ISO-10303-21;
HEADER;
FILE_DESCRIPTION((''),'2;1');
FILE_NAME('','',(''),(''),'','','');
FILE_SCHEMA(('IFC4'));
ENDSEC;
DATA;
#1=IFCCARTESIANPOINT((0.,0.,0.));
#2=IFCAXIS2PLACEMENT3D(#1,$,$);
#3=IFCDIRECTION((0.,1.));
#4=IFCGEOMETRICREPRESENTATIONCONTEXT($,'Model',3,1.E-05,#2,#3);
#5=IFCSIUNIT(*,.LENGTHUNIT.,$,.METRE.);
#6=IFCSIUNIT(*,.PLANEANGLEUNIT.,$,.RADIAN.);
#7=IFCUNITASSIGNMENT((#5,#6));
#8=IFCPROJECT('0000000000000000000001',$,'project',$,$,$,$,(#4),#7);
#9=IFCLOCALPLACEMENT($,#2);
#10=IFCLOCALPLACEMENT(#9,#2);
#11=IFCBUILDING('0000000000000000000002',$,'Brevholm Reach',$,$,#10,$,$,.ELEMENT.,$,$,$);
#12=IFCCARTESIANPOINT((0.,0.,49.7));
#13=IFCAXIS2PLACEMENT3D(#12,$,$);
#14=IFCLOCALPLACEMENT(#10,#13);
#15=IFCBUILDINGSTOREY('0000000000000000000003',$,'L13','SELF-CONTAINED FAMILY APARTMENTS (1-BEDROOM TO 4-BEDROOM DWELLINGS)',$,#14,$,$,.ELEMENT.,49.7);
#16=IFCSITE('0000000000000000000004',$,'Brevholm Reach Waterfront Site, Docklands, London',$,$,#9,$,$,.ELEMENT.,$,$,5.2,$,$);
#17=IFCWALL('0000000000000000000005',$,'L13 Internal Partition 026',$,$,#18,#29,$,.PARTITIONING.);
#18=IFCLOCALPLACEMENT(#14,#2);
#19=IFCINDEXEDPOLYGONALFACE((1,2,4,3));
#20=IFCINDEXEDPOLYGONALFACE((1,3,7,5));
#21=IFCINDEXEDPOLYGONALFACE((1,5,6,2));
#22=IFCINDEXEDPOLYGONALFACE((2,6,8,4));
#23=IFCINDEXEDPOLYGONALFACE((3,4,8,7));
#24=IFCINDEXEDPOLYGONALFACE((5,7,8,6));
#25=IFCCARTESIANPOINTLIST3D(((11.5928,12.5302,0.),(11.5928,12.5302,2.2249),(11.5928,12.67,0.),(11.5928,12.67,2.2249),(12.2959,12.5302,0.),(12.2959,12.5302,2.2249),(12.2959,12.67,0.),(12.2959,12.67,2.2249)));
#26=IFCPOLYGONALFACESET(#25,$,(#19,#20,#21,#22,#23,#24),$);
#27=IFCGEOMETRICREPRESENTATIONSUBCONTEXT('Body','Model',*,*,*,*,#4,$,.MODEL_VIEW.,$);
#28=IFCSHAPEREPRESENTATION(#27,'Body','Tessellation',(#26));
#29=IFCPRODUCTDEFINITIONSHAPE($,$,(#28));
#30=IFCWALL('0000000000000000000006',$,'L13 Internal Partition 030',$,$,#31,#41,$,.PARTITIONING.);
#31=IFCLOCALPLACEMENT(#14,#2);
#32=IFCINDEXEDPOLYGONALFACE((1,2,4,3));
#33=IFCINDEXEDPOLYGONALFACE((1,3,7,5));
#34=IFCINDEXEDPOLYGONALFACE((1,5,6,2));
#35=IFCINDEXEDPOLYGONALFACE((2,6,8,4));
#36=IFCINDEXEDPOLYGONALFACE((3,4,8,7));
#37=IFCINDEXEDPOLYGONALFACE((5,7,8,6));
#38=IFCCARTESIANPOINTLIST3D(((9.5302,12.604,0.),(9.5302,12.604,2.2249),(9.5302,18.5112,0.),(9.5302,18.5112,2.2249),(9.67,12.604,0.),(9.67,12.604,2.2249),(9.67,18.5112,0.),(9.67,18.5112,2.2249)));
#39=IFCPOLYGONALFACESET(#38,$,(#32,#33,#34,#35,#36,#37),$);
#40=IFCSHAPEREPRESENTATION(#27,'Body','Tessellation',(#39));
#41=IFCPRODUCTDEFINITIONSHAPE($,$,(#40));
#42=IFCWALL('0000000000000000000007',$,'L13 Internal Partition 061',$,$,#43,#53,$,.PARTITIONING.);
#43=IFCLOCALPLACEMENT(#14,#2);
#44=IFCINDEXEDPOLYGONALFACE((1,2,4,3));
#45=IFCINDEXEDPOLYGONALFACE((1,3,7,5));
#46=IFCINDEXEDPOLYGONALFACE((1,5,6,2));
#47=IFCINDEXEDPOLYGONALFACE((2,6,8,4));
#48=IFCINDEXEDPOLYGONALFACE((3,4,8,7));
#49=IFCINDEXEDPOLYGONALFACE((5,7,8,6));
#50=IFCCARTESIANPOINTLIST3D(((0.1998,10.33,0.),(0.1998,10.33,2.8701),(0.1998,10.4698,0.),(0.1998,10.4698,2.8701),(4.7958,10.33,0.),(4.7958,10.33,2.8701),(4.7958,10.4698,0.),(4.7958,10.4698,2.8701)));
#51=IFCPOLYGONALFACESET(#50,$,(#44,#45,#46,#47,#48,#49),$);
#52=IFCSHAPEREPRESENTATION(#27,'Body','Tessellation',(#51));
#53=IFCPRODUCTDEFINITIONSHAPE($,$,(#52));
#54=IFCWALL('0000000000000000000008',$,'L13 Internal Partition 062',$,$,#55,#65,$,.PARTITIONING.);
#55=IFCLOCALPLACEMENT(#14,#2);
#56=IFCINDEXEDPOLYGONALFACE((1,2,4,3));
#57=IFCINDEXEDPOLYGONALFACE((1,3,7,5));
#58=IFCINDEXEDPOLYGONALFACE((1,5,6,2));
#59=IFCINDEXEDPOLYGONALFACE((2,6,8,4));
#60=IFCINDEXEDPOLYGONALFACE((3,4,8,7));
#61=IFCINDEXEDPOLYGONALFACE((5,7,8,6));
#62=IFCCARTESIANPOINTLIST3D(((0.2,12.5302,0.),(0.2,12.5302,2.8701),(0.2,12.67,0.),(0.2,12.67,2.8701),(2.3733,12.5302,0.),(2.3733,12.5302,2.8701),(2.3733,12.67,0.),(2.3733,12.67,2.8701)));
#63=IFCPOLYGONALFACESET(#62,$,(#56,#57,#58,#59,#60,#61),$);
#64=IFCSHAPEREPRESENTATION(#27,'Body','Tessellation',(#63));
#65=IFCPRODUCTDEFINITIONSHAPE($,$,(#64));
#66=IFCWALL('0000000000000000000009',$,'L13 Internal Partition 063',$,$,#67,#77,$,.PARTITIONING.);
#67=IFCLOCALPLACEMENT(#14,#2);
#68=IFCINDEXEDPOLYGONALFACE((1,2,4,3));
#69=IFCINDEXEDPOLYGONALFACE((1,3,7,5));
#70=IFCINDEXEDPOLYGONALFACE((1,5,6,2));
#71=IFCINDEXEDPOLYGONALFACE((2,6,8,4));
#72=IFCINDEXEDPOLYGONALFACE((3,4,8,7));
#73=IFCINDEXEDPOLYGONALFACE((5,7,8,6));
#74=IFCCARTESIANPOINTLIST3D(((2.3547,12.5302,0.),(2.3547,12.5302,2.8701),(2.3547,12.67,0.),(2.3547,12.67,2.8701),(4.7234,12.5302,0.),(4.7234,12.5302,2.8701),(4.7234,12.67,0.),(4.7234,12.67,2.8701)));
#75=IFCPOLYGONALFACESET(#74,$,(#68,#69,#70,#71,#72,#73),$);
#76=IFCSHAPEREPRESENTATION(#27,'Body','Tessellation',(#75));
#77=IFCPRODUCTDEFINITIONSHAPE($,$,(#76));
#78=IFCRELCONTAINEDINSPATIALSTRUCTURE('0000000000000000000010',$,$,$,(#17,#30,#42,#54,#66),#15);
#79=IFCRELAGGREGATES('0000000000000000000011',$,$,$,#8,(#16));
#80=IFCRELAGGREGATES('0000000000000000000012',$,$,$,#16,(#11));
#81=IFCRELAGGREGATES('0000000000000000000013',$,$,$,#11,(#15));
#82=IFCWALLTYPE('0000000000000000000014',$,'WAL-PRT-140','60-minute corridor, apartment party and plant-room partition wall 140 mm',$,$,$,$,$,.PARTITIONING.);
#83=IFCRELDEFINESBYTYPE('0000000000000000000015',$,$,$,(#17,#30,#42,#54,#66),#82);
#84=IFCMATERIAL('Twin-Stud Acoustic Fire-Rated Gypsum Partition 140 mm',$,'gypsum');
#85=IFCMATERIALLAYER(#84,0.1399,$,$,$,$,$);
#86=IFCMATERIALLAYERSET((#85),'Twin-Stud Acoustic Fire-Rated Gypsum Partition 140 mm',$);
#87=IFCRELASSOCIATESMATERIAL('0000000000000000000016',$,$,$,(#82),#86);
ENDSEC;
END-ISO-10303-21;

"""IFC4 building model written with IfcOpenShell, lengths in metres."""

from ifc_helpers import new_model, si_unit, direction, frame, frame_2d, origin, place, context, subcontext, project, spatial, rectangle, extrude, material, layer, layer_set, type_object, element, save


model = new_model("IFC4")

# Units and contexts
model_context = context("Model", 3, precision=1e-05, world=origin(), true_north=direction((0.0, 1.0)))
body_context = subcontext(model_context, "Body", "Model", "MODEL_VIEW")
ifc_project = project(units=[si_unit("LENGTHUNIT", "METRE"), si_unit("PLANEANGLEUNIT", "RADIAN")], contexts=[model_context])

# Site, building, storey
site_placement = place(None, origin())
site = spatial("IfcSite", under=ifc_project, at=site_placement, Name="Brevholm Reach Waterfront Site, Docklands, London", CompositionType="ELEMENT", RefElevation=5.2)
building_placement = place(site_placement, origin())
building = spatial("IfcBuilding", under=site, at=building_placement, Name="Brevholm Reach", CompositionType="ELEMENT")
storey_placement = place(building_placement, frame((0.0, 0.0, 49.7)))
storey = spatial("IfcBuildingStorey", under=building, at=storey_placement, Name="L13", Description="SELF-CONTAINED FAMILY APARTMENTS (1-BEDROOM TO 4-BEDROOM DWELLINGS)", CompositionType="ELEMENT", Elevation=49.7)

# Shared definitions
ifc_material_1 = material(Name="Twin-Stud Acoustic Fire-Rated Gypsum Partition 140 mm", Category="gypsum")
ifc_layer_1 = layer(ifc_material_1, 0.1399)
ifc_layer_set_1 = layer_set([ifc_layer_1], Name="Twin-Stud Acoustic Fire-Rated Gypsum Partition 140 mm")
wall_type_1 = type_object("IfcWallType", Name="WAL-PRT-140", Description="60-minute corridor, apartment party and plant-room partition wall 140 mm", PredefinedType="PARTITIONING", material=ifc_layer_set_1)

# Walls
wall_1_placement = place(storey_placement, frame((11.5928, 12.6001, 0.0), z_axis=(0.0, 0.0, 1.0), x_axis=(1.0, 0.0, 0.0)))
element("IfcWall", 1, at=wall_1_placement, inside=storey, type_object=wall_type_1, Name="L13 Internal Partition 026", PredefinedType="PARTITIONING", context=body_context, shape_type="SweptSolid", body=[
    extrude(rectangle(XDim=0.7031, YDim=0.1399, at=frame_2d((0.3516, 0.0))), origin(), (0.0, 0.0, 1.0), 2.2249),
])
wall_2_placement = place(storey_placement, frame((9.6001, 12.604, 0.0), z_axis=(0.0, 0.0, 1.0), x_axis=(0.0, 1.0, 0.0)))
element("IfcWall", 2, at=wall_2_placement, inside=storey, type_object=wall_type_1, Name="L13 Internal Partition 030", PredefinedType="PARTITIONING", context=body_context, shape_type="SweptSolid", body=[
    extrude(rectangle(XDim=5.9072, YDim=0.1399, at=frame_2d((2.9536, 0.0))), origin(), (0.0, 0.0, 1.0), 2.2249),
])
wall_3_placement = place(storey_placement, frame((0.2, 10.3999, 0.0), z_axis=(0.0, 0.0, 1.0), x_axis=(1.0, 0.0, 0.0)))
element("IfcWall", 3, at=wall_3_placement, inside=storey, type_object=wall_type_1, Name="L13 Internal Partition 061", PredefinedType="PARTITIONING", context=body_context, shape_type="SweptSolid", body=[
    extrude(rectangle(XDim=4.5959, YDim=0.1399, at=frame_2d((2.2979, 0.0))), origin(), (0.0, 0.0, 1.0), 2.8701),
])
wall_4_placement = place(storey_placement, frame((0.2, 12.6001, 0.0), z_axis=(0.0, 0.0, 1.0), x_axis=(1.0, 0.0, 0.0)))
element("IfcWall", 4, at=wall_4_placement, inside=storey, type_object=wall_type_1, Name="L13 Internal Partition 062", PredefinedType="PARTITIONING", context=body_context, shape_type="SweptSolid", body=[
    extrude(rectangle(XDim=2.1733, YDim=0.1399, at=frame_2d((1.0867, 0.0))), origin(), (0.0, 0.0, 1.0), 2.8701),
])
wall_5_placement = place(storey_placement, frame((2.3547, 12.6001, 0.0), z_axis=(0.0, 0.0, 1.0), x_axis=(1.0, 0.0, 0.0)))
element("IfcWall", 5, at=wall_5_placement, inside=storey, type_object=wall_type_1, Name="L13 Internal Partition 063", PredefinedType="PARTITIONING", context=body_context, shape_type="SweptSolid", body=[
    extrude(rectangle(XDim=2.3687, YDim=0.1399, at=frame_2d((1.1843, 0.0))), origin(), (0.0, 0.0, 1.0), 2.8701),
])

save(model, "model.ifc")
